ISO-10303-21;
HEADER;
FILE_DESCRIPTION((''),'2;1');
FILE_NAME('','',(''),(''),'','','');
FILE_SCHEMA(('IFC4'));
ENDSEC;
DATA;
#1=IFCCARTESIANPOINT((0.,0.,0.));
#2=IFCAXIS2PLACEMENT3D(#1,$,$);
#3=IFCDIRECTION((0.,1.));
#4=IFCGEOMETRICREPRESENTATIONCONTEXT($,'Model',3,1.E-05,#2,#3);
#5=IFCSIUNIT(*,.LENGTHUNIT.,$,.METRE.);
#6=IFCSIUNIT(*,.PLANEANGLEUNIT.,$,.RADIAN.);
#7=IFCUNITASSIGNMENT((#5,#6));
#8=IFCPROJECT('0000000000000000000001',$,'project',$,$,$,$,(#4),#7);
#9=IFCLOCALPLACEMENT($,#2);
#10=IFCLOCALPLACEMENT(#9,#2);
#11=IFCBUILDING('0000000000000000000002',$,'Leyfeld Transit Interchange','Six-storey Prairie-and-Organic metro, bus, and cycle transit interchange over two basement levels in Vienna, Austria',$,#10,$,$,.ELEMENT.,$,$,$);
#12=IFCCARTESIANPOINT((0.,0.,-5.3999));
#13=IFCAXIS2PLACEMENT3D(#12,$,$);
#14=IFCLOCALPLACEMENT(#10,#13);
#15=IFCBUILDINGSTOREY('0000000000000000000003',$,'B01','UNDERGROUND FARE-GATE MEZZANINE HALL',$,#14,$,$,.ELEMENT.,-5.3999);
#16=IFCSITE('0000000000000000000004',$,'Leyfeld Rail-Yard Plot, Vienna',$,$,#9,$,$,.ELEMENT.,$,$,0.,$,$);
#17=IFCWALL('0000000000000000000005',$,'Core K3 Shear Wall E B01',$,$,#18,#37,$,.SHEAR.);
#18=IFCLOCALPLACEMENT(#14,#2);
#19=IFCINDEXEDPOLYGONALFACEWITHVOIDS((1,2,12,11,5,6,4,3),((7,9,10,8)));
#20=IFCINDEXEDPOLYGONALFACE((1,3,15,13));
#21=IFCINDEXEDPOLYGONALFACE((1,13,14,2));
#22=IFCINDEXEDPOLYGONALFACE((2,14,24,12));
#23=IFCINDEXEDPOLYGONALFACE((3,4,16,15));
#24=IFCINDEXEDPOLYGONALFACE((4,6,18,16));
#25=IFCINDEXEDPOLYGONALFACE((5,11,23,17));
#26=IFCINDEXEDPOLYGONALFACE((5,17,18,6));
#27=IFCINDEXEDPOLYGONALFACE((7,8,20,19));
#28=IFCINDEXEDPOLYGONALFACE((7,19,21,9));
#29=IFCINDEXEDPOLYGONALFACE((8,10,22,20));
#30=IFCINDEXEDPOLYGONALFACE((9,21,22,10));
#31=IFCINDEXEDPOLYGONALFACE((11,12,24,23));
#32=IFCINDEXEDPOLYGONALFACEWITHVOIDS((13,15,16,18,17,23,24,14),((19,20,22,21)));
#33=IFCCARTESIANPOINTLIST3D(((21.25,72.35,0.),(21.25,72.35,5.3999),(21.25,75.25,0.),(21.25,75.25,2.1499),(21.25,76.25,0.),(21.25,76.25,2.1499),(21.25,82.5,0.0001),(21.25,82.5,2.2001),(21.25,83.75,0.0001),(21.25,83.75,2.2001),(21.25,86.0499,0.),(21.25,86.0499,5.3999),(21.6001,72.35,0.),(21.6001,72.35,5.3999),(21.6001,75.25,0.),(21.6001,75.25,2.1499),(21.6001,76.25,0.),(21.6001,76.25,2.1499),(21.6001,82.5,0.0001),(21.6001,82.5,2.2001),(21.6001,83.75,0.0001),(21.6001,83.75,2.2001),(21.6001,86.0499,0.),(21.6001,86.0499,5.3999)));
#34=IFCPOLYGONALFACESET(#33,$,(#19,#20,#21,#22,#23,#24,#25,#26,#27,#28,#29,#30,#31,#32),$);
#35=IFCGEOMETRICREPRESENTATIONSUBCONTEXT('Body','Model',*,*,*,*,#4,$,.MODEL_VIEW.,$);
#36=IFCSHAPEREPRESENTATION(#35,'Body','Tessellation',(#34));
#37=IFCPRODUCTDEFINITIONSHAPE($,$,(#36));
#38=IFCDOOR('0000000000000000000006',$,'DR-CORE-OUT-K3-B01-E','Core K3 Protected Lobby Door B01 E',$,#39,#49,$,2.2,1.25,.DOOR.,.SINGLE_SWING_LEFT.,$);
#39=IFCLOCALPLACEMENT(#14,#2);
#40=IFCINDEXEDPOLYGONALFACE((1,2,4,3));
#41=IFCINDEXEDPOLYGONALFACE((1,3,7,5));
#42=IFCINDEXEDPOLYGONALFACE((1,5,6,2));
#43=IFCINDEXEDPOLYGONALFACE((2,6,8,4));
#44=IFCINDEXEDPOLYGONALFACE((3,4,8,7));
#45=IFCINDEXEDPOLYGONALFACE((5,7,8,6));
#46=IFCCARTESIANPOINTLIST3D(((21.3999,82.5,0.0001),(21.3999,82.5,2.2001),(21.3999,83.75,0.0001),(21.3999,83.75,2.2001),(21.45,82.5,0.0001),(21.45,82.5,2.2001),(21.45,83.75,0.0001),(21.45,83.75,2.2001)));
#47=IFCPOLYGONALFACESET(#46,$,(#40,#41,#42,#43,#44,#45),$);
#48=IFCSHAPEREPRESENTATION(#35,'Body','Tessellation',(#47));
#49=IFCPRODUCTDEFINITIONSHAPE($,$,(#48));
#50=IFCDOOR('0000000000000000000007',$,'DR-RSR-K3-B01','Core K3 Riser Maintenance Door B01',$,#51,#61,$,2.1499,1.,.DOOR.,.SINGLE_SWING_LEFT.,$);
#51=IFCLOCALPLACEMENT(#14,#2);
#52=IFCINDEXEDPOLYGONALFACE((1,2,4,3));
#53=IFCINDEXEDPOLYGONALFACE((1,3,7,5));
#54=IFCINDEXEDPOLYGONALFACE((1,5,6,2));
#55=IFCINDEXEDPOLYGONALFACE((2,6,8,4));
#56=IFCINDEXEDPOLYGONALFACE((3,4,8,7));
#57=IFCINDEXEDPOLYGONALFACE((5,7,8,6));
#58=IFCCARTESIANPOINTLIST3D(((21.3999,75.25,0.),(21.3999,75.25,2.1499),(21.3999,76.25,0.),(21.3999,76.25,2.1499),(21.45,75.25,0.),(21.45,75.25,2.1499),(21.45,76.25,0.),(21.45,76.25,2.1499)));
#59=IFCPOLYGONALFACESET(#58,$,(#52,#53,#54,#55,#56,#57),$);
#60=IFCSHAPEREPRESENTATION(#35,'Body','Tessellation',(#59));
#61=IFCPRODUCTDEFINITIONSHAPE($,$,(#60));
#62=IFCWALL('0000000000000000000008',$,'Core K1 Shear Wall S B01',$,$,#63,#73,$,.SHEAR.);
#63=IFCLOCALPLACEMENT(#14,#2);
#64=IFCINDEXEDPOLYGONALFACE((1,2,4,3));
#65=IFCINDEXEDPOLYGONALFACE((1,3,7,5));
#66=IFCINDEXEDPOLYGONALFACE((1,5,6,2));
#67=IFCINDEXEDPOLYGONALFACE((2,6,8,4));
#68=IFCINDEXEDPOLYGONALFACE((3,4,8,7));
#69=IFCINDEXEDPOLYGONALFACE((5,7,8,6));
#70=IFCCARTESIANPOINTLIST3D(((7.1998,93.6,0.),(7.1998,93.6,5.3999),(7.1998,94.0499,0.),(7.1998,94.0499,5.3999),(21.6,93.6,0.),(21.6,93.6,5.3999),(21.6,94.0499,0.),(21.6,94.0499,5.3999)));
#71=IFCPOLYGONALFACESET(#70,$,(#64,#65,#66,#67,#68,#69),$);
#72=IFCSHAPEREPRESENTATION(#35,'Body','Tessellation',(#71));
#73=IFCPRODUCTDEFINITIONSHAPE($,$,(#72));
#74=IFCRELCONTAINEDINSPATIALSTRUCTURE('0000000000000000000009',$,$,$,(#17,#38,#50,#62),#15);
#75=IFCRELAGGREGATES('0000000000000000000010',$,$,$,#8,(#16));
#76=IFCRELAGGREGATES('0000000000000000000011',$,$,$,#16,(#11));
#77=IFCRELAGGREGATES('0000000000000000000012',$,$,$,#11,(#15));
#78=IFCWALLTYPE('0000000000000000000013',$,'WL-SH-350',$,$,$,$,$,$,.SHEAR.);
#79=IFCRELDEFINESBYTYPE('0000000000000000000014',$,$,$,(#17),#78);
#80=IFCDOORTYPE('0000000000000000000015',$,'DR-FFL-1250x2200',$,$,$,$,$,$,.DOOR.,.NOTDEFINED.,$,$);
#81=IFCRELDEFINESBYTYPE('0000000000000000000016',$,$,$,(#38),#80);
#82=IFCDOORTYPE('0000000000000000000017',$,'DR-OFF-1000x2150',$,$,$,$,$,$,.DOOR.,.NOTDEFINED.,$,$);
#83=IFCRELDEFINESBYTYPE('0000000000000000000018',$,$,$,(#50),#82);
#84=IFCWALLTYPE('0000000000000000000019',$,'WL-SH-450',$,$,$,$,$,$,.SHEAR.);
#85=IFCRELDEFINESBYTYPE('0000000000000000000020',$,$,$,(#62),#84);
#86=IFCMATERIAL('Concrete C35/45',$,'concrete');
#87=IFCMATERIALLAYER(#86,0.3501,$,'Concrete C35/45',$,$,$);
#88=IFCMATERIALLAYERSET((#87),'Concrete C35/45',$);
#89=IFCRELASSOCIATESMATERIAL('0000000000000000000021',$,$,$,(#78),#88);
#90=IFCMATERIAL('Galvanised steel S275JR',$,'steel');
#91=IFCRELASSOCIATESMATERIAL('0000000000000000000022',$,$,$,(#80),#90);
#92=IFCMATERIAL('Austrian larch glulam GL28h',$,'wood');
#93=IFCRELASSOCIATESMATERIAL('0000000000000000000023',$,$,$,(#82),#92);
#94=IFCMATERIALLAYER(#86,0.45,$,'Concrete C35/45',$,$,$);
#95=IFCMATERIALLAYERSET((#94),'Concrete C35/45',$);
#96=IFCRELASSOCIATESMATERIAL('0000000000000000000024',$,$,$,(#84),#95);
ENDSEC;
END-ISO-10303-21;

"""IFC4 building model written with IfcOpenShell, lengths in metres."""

from ifc_helpers import new_model, si_unit, direction, frame, frame_2d, origin, place, context, subcontext, project, spatial, rectangle, extrude, material, layer, layer_set, type_object, element, fill, save


model = new_model("IFC4")

# Units and contexts
model_context = context("Model", 3, precision=1e-05, world=origin(), true_north=direction((0.0, 1.0)))
body_context = subcontext(model_context, "Body", "Model", "MODEL_VIEW")
ifc_project = project(units=[si_unit("LENGTHUNIT", "METRE"), si_unit("PLANEANGLEUNIT", "RADIAN")], contexts=[model_context])

# Site, building, storey
site_placement = place(None, origin())
site = spatial("IfcSite", under=ifc_project, at=site_placement, Name="Leyfeld Rail-Yard Plot, Vienna", CompositionType="ELEMENT", RefElevation=0.0)
building_placement = place(site_placement, origin())
building = spatial("IfcBuilding", under=site, at=building_placement, Name="Leyfeld Transit Interchange", Description="Six-storey Prairie-and-Organic metro, bus, and cycle transit interchange over two basement levels in Vienna, Austria", CompositionType="ELEMENT")
storey_placement = place(building_placement, frame((0.0, 0.0, -5.3999)))
storey = spatial("IfcBuildingStorey", under=building, at=storey_placement, Name="B01", Description="UNDERGROUND FARE-GATE MEZZANINE HALL", CompositionType="ELEMENT", Elevation=-5.3999)

# Shared definitions
ifc_material_1 = material(Name="Concrete C35/45", Category="concrete")

# Shared definitions
ifc_material_2 = material(Name="Austrian larch glulam GL28h", Category="wood")

# Wall, openings, doors
ifc_layer_1 = layer(ifc_material_1, 0.3501, Name="Concrete C35/45")
ifc_layer_set_1 = layer_set([ifc_layer_1], Name="Concrete C35/45")
wall_type_1 = type_object("IfcWallType", Name="WL-SH-350", PredefinedType="SHEAR", material=ifc_layer_set_1)
wall_1_placement = place(storey_placement, frame((21.425, 86.05, 0.0), z_axis=(0.0, 0.0, 1.0), x_axis=(0.0, -1.0, 0.0)))
wall_1 = element("IfcWall", 1, at=wall_1_placement, inside=storey, type_object=wall_type_1, Name="Core K3 Shear Wall E B01", PredefinedType="SHEAR", context=body_context, shape_type="SweptSolid", body=[
    extrude(rectangle(XDim=13.7, YDim=0.3501, at=frame_2d((6.8501, 0.0))), origin(), (0.0, 0.0, 1.0), 5.3999),
])
opening_1_placement = place(wall_1_placement, frame((9.8, 0.0, 0.0)))
opening_1 = element("IfcOpeningElement", 2, at=opening_1_placement, cuts=wall_1, PredefinedType="OPENING", context=body_context, shape_type="SweptSolid", body=[
    extrude(rectangle(XDim=1.0, YDim=2.1499, at=frame_2d((0.5, 1.075))), frame((0.0, 0.1851, 0.0), z_axis=(0.0, -1.0, 0.0), x_axis=(1.0, 0.0, 0.0)), (0.0, 0.0, 1.0), 0.3701),
])
opening_2_placement = place(wall_1_placement, frame((2.3, 0.0, 0.0)))
opening_2 = element("IfcOpeningElement", 3, at=opening_2_placement, cuts=wall_1, PredefinedType="OPENING", context=body_context, shape_type="SweptSolid", body=[
    extrude(rectangle(XDim=1.25, YDim=2.2, at=frame_2d((0.625, 1.1001))), frame((0.0, 0.1851, 0.0), z_axis=(0.0, -1.0, 0.0), x_axis=(1.0, 0.0, 0.0)), (0.0, 0.0, 1.0), 0.3701),
])
ifc_material_3 = material(Name="Galvanised steel S275JR", Category="steel")
door_type_1 = type_object("IfcDoorType", Name="DR-FFL-1250x2200", OperationType="NOTDEFINED", PredefinedType="DOOR", material=ifc_material_3)
door_1_placement = place(opening_2_placement, origin())
door_1 = element("IfcDoor", 4, at=door_1_placement, inside=storey, type_object=door_type_1, Name="DR-CORE-OUT-K3-B01-E", Description="Core K3 Protected Lobby Door B01 E", OperationType="SINGLE_SWING_LEFT", OverallHeight=2.2, OverallWidth=1.25, PredefinedType="DOOR", context=body_context, shape_type="SweptSolid", body=[
    extrude(rectangle(XDim=1.25, YDim=2.2, at=frame_2d((0.625, 1.1001))), frame((0.0, 0.0249, 0.0), z_axis=(0.0, -1.0, 0.0), x_axis=(1.0, 0.0, 0.0)), (0.0, 0.0, 1.0), 0.05),
])
fill(opening_2, door_1)
door_type_2 = type_object("IfcDoorType", Name="DR-OFF-1000x2150", OperationType="NOTDEFINED", PredefinedType="DOOR", material=ifc_material_2)
door_2_placement = place(opening_1_placement, origin())
door_2 = element("IfcDoor", 5, at=door_2_placement, inside=storey, type_object=door_type_2, Name="DR-RSR-K3-B01", Description="Core K3 Riser Maintenance Door B01", OperationType="SINGLE_SWING_LEFT", OverallHeight=2.1499, OverallWidth=1.0, PredefinedType="DOOR", context=body_context, shape_type="SweptSolid", body=[
    extrude(rectangle(XDim=1.0, YDim=2.1499, at=frame_2d((0.5, 1.075))), frame((0.0, 0.0249, 0.0), z_axis=(0.0, -1.0, 0.0), x_axis=(1.0, 0.0, 0.0)), (0.0, 0.0, 1.0), 0.05),
])
fill(opening_1, door_2)

# Wall
ifc_layer_2 = layer(ifc_material_1, 0.45, Name="Concrete C35/45")
ifc_layer_set_2 = layer_set([ifc_layer_2], Name="Concrete C35/45")
wall_type_2 = type_object("IfcWallType", Name="WL-SH-450", PredefinedType="SHEAR", material=ifc_layer_set_2)
wall_2_placement = place(storey_placement, frame((21.6001, 93.825, 0.0), z_axis=(0.0, 0.0, 1.0), x_axis=(-1.0, 0.0, 0.0)))
element("IfcWall", 6, at=wall_2_placement, inside=storey, type_object=wall_type_2, Name="Core K1 Shear Wall S B01", PredefinedType="SHEAR", context=body_context, shape_type="SweptSolid", body=[
    extrude(rectangle(XDim=14.4001, YDim=0.45, at=frame_2d((7.2002, 0.0))), origin(), (0.0, 0.0, 1.0), 5.3999),
])

save(model, "model.ifc")
